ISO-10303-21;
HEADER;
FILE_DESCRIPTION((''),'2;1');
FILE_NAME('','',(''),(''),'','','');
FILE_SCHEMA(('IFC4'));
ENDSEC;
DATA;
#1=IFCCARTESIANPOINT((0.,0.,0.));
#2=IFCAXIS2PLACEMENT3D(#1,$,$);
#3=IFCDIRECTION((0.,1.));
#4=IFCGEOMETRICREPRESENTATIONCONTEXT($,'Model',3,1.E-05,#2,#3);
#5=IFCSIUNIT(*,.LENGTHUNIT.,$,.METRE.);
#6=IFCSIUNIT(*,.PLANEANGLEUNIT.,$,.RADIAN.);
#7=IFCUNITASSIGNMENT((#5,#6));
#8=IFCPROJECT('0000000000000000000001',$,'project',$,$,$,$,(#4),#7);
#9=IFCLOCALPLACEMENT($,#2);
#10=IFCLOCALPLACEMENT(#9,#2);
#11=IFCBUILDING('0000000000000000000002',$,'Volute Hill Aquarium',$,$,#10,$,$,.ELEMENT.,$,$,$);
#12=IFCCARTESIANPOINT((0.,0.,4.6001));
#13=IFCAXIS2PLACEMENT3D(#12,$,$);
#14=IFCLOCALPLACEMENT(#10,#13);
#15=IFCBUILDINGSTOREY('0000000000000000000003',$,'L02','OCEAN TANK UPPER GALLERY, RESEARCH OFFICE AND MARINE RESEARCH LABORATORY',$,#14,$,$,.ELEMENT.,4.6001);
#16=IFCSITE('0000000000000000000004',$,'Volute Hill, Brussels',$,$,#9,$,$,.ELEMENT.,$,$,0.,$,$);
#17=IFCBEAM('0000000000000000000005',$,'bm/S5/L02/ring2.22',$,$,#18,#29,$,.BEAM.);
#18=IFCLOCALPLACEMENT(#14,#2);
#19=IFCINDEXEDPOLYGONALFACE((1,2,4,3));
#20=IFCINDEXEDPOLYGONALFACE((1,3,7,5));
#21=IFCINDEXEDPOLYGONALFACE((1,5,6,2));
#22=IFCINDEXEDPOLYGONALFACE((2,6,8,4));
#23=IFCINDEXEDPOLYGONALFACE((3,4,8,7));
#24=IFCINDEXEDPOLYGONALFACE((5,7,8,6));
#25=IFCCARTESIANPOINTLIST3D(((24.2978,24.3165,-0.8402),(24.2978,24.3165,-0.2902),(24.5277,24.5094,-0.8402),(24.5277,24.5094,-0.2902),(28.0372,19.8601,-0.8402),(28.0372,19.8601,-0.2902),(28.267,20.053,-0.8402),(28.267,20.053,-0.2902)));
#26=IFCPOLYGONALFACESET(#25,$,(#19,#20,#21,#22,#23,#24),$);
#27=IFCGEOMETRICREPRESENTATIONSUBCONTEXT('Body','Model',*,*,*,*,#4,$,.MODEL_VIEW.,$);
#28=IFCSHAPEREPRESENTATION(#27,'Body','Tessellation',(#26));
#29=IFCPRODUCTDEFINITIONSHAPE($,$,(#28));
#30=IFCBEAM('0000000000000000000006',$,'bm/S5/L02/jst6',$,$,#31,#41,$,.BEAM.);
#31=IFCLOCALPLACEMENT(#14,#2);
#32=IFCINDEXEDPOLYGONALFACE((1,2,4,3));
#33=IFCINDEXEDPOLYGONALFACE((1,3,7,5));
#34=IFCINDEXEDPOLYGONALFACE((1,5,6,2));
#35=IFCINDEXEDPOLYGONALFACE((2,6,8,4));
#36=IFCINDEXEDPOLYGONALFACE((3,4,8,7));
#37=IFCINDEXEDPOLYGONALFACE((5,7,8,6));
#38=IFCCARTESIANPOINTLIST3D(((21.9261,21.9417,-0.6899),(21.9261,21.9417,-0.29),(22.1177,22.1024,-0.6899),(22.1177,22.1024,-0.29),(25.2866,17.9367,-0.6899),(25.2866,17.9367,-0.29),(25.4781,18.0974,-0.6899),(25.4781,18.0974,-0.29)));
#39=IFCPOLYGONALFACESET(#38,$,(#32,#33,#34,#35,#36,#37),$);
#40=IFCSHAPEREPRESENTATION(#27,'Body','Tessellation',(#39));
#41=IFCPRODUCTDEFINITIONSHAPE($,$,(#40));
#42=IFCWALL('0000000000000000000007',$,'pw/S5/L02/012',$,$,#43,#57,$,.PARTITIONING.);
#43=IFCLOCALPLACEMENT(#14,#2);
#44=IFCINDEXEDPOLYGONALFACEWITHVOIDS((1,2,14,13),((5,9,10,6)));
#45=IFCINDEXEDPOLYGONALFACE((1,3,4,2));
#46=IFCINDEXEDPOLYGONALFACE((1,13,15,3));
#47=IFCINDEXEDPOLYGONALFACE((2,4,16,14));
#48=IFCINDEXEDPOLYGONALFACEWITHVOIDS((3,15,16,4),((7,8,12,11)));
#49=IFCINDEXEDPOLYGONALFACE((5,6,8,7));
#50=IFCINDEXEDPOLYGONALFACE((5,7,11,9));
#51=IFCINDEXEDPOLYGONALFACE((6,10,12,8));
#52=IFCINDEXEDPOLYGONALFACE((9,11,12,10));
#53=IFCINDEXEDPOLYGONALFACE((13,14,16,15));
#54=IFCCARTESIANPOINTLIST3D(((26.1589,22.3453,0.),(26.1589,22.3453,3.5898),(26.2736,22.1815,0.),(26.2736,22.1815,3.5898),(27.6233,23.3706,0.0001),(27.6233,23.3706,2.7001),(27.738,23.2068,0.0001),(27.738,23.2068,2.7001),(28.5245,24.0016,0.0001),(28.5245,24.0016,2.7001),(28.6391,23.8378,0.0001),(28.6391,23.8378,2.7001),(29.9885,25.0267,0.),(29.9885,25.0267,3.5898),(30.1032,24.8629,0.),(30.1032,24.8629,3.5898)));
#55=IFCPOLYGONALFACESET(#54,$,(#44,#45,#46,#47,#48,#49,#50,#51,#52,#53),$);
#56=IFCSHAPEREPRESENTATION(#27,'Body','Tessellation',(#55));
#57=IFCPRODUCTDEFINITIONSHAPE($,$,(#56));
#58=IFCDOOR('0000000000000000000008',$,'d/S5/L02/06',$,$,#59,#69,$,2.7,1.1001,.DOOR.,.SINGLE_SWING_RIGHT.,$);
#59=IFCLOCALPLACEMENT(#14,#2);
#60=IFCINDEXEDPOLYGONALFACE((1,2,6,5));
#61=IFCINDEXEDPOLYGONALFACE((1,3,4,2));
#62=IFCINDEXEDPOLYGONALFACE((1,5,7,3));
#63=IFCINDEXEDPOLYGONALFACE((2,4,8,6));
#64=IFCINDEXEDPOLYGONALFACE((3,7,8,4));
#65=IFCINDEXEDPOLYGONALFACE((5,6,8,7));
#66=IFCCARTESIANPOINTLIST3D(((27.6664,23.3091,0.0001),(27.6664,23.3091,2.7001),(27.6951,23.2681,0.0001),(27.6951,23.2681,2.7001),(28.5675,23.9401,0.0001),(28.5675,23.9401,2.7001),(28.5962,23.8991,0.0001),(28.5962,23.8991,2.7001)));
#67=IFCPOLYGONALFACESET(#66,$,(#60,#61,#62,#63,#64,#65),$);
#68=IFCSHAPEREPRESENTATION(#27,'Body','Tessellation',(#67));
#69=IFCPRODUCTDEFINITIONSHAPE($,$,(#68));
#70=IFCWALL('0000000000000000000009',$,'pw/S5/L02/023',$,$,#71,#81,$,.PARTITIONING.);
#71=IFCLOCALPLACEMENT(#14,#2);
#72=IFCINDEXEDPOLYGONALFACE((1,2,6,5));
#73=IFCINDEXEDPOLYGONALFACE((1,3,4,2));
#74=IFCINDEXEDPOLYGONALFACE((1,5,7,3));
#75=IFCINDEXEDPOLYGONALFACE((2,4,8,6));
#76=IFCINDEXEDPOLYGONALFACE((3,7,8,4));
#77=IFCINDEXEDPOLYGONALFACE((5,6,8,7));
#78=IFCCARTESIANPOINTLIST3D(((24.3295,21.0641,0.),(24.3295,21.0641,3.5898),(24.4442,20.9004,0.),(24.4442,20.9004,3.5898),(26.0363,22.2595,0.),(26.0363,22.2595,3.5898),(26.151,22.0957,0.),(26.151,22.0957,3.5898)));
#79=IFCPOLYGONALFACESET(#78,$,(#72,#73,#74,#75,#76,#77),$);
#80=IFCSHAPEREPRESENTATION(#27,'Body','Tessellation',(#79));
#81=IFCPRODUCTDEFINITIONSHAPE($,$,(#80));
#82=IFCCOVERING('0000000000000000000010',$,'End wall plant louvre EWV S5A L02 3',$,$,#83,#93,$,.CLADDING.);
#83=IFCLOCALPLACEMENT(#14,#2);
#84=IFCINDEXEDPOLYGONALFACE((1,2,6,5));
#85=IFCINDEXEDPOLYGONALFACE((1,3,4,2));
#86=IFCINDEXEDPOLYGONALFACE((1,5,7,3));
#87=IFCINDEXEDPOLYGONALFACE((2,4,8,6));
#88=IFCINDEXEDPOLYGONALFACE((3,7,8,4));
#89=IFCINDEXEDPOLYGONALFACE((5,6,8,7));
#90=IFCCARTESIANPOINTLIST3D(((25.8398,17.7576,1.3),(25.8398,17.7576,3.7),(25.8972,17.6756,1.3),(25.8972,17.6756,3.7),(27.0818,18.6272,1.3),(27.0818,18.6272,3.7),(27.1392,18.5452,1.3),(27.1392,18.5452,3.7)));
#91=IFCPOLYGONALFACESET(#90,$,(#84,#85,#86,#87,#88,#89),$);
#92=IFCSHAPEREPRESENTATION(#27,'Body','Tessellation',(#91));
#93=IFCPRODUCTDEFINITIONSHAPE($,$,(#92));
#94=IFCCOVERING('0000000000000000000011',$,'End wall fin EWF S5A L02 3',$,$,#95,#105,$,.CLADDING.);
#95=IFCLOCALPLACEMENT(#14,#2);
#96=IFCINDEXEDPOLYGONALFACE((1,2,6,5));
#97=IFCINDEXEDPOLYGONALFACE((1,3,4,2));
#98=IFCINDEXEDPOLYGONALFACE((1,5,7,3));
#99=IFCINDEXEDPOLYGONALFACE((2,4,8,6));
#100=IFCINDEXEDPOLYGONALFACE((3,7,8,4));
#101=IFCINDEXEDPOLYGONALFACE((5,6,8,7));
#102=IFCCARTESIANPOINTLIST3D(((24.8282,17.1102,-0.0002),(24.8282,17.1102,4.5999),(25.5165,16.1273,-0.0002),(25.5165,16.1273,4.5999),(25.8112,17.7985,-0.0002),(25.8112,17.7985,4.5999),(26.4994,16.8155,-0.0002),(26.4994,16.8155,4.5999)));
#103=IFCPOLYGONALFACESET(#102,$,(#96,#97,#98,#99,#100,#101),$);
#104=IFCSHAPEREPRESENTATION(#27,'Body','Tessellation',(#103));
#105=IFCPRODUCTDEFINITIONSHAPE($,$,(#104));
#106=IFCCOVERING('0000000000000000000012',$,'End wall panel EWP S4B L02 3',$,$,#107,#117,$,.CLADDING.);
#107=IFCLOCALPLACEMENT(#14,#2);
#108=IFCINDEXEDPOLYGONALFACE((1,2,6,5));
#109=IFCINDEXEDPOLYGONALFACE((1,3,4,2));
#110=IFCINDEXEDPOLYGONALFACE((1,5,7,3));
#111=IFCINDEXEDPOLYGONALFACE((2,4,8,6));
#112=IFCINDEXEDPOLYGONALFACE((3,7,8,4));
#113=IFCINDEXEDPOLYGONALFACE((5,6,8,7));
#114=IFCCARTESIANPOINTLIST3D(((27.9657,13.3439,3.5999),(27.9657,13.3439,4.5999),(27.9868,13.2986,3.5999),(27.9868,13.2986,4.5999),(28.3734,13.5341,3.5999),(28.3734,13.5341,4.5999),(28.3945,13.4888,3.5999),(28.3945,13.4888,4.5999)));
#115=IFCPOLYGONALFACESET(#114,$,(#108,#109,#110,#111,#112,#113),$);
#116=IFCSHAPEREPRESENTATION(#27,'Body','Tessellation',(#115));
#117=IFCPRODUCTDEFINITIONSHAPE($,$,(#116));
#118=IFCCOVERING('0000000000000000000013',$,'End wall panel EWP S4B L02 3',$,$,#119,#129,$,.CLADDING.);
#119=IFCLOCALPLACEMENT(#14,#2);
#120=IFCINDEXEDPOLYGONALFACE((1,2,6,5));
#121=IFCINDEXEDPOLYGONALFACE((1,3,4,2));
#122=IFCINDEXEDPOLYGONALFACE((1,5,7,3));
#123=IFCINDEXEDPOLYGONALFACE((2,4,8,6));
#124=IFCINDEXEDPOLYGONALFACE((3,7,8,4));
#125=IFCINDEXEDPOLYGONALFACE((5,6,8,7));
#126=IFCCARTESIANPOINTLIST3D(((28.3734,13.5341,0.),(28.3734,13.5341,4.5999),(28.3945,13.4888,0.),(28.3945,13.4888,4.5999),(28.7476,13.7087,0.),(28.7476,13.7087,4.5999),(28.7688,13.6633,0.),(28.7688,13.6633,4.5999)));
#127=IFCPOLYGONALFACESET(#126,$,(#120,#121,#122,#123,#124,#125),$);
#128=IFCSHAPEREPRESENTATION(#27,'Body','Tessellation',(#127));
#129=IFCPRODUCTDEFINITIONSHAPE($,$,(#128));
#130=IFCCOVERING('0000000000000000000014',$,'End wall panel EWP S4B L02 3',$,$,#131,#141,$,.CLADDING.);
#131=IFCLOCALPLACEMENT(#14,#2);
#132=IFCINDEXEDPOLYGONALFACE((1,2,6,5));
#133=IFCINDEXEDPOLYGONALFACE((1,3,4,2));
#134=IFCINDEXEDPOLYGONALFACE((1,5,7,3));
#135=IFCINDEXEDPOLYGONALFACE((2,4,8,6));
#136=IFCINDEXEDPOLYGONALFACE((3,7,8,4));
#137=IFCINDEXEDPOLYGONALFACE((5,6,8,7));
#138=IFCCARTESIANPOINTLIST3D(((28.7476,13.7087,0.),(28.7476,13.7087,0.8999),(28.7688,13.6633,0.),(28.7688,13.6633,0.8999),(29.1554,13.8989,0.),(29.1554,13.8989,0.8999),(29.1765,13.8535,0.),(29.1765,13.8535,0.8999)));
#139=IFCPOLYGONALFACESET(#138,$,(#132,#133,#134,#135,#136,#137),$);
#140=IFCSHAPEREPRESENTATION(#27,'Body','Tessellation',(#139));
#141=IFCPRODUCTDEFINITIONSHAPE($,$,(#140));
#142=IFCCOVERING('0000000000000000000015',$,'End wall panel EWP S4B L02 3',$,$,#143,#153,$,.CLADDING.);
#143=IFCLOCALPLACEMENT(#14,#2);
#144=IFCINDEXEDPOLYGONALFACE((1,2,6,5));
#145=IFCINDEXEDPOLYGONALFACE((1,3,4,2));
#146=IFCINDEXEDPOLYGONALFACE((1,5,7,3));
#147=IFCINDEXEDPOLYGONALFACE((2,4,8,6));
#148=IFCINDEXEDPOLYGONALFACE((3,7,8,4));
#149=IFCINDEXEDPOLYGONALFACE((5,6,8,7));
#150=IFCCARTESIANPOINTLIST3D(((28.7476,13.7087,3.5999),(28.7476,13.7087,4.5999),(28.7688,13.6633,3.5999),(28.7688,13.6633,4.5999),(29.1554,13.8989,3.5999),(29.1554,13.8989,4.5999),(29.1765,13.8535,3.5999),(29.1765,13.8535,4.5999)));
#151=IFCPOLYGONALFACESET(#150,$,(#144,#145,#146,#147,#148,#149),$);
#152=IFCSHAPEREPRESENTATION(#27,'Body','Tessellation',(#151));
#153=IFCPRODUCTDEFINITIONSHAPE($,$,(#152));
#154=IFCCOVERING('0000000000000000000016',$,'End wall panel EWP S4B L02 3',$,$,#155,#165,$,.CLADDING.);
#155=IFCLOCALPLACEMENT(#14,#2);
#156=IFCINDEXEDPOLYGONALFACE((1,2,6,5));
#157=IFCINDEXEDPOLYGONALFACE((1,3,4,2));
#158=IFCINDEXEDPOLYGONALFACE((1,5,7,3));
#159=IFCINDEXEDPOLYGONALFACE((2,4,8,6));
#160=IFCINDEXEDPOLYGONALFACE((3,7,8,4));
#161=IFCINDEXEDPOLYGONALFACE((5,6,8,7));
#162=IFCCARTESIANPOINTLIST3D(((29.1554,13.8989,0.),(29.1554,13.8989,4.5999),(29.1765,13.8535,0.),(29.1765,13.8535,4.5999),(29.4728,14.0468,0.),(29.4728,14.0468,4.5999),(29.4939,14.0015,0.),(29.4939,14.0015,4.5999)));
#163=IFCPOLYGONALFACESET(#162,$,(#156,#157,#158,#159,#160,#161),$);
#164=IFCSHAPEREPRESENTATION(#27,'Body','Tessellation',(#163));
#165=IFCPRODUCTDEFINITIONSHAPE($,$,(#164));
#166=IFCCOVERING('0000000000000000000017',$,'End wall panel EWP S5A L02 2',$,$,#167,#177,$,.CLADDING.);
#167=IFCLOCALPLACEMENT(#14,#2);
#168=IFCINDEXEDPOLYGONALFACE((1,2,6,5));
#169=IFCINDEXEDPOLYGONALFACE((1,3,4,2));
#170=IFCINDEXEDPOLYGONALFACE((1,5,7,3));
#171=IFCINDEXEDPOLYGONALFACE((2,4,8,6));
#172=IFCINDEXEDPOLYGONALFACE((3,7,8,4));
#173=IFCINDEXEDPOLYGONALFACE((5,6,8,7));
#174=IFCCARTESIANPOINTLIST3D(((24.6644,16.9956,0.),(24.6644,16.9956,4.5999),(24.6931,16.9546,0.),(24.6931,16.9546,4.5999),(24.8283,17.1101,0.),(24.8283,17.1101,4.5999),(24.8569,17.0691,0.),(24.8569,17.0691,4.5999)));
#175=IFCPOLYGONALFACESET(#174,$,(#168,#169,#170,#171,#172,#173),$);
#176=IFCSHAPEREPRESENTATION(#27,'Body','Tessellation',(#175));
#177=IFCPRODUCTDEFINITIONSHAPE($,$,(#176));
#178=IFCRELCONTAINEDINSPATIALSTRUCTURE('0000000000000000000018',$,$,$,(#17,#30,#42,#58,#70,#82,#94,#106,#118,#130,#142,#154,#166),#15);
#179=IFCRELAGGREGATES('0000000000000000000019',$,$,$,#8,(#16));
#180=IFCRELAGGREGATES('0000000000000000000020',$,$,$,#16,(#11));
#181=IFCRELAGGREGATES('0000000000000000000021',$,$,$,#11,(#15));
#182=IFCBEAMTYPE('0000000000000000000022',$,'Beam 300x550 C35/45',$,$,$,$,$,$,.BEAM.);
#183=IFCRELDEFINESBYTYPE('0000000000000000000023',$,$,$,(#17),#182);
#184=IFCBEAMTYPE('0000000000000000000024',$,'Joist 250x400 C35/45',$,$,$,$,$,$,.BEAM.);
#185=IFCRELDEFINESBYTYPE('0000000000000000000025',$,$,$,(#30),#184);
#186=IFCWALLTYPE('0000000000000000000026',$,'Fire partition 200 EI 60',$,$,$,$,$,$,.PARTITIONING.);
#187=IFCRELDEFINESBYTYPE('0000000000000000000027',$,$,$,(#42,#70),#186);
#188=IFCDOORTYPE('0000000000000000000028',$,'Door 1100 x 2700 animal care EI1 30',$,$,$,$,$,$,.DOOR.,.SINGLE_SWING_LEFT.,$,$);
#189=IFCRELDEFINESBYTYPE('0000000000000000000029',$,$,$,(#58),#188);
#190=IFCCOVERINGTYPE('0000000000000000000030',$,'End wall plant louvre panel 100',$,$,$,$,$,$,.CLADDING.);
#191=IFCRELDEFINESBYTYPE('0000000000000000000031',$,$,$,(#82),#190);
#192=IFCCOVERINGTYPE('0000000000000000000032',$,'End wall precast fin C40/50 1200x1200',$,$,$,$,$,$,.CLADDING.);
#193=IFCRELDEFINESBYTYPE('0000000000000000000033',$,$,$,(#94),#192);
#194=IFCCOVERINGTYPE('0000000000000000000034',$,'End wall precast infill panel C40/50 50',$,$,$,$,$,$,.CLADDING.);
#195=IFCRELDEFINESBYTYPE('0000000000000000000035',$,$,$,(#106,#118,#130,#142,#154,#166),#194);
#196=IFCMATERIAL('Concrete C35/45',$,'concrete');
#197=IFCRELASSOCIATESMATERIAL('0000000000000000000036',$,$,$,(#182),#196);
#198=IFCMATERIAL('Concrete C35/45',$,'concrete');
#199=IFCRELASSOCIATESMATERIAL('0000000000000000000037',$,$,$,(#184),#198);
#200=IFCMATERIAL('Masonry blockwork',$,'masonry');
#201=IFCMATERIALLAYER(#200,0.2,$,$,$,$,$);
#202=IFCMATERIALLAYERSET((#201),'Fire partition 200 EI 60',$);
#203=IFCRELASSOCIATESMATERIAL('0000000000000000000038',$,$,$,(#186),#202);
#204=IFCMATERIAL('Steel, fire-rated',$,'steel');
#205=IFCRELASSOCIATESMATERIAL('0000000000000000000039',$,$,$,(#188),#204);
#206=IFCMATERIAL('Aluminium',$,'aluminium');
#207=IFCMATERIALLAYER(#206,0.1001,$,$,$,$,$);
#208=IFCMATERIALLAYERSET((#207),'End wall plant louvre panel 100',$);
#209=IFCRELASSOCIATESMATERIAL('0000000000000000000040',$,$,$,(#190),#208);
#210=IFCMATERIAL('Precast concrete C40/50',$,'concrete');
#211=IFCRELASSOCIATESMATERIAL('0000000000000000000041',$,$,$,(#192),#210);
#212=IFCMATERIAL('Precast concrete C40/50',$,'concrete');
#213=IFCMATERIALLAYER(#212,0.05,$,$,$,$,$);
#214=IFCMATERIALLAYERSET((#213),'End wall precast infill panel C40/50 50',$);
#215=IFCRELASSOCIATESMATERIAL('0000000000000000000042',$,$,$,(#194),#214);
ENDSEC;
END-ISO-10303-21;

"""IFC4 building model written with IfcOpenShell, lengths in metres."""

from ifc_helpers import new_model, si_unit, direction, frame, frame_2d, origin, origin_2d, place, context, subcontext, project, spatial, polyline, rectangle, outline, extrude, material, layer, layer_set, material_profile, profile_set, type_object, element, fill, save


model = new_model("IFC4")

# Units and contexts
model_context = context("Model", 3, precision=1e-05, world=origin(), true_north=direction((0.0, 1.0)))
body_context = subcontext(model_context, "Body", "Model", "MODEL_VIEW")
ifc_project = project(units=[si_unit("LENGTHUNIT", "METRE"), si_unit("PLANEANGLEUNIT", "RADIAN")], contexts=[model_context])

# Site, building, storey
site_placement = place(None, origin())
site = spatial("IfcSite", under=ifc_project, at=site_placement, Name="Volute Hill, Brussels", CompositionType="ELEMENT", RefElevation=0.0)
building_placement = place(site_placement, origin())
building = spatial("IfcBuilding", under=site, at=building_placement, Name="Volute Hill Aquarium", CompositionType="ELEMENT")
storey_placement = place(building_placement, frame((0.0, 0.0, 4.6001)))
storey = spatial("IfcBuildingStorey", under=building, at=storey_placement, Name="L02", Description="OCEAN TANK UPPER GALLERY, RESEARCH OFFICE AND MARINE RESEARCH LABORATORY", CompositionType="ELEMENT", Elevation=4.6001)

# Beams
ifc_material_1 = material(Name="Concrete C35/45", Category="concrete")
ifc_material_profile_1 = material_profile(ifc_material_1, rectangle(XDim=0.3, YDim=0.55, at=origin_2d()), Name="RC beam 300x550")
ifc_profile_set_1 = profile_set([ifc_material_profile_1], Name="Concrete C35/45")
beam_type_1 = type_object("IfcBeamType", Name="Beam 300x550 C35/45", PredefinedType="BEAM", material=ifc_profile_set_1)
beam_1_placement = place(storey_placement, frame((28.1521, 19.9565, -0.5652), z_axis=(-0.642786, 0.766046, 0.0), x_axis=(-0.766046, -0.642786, 0.0)))
element("IfcBeam", 1, at=beam_1_placement, inside=storey, type_object=beam_type_1, Name="bm/S5/L02/ring2.22", PredefinedType="BEAM", context=body_context, shape_type="SweptSolid", body=[
    extrude(rectangle(XDim=0.3, YDim=0.55, at=origin_2d()), origin(), (0.0, 0.0, 1.0), 5.8174),
])
ifc_material_2 = material(Name="Concrete C35/45", Category="concrete")
ifc_material_profile_2 = material_profile(ifc_material_2, rectangle(XDim=0.25, YDim=0.3999, at=origin_2d()), Name="RC joist 250x400")
ifc_profile_set_2 = profile_set([ifc_material_profile_2], Name="Concrete C35/45")
beam_type_2 = type_object("IfcBeamType", Name="Joist 250x400 C35/45", PredefinedType="BEAM", material=ifc_profile_set_2)
beam_2_placement = place(storey_placement, frame((25.3823, 18.0171, -0.49), z_axis=(-0.642771, 0.766058, 0.0), x_axis=(-0.766058, -0.642771, 0.0)))
element("IfcBeam", 2, at=beam_2_placement, inside=storey, type_object=beam_type_2, Name="bm/S5/L02/jst6", PredefinedType="BEAM", context=body_context, shape_type="SweptSolid", body=[
    extrude(rectangle(XDim=0.25, YDim=0.3999, at=origin_2d()), origin(), (0.0, 0.0, 1.0), 5.228),
])

# Wall, opening, door
ifc_material_3 = material(Name="Masonry blockwork", Category="masonry")
ifc_layer_1 = layer(ifc_material_3, 0.2)
ifc_layer_set_1 = layer_set([ifc_layer_1], Name="Fire partition 200 EI 60")
wall_type = type_object("IfcWallType", Name="Fire partition 200 EI 60", PredefinedType="PARTITIONING", material=ifc_layer_set_1)
wall_1_placement = place(storey_placement, frame((26.2163, 22.2634, 0.0), z_axis=(0.0, 0.0, 1.0), x_axis=(0.819163, 0.57356, 0.0)))
wall_1 = element("IfcWall", 3, at=wall_1_placement, inside=storey, type_object=wall_type, Name="pw/S5/L02/012", PredefinedType="PARTITIONING", context=body_context, shape_type="SweptSolid", body=[
    extrude(rectangle(XDim=4.675, YDim=0.2, at=frame_2d((2.3374, 0.0))), origin(), (0.0, 0.0, 1.0), 3.5898),
])
opening_placement = place(wall_1_placement, frame((1.7876, 0.0, 0.0)))
opening = element("IfcOpeningElement", 4, at=opening_placement, cuts=wall_1, PredefinedType="OPENING", context=body_context, shape_type="SweptSolid", body=[
    extrude(rectangle(XDim=1.1001, YDim=2.7, at=frame_2d((0.55, 1.3501))), frame((0.0, 0.1099, 0.0), z_axis=(0.0, -1.0, 0.0), x_axis=(1.0, 0.0, 0.0)), (0.0, 0.0, 1.0), 0.22),
])
ifc_material_4 = material(Name="Steel, fire-rated", Category="steel")
door_type = type_object("IfcDoorType", Name="Door 1100 x 2700 animal care EI1 30", OperationType="SINGLE_SWING_LEFT", PredefinedType="DOOR", material=ifc_material_4)
door_placement = place(opening_placement, origin())
door = element("IfcDoor", 5, at=door_placement, inside=storey, type_object=door_type, Name="d/S5/L02/06", OperationType="SINGLE_SWING_RIGHT", OverallHeight=2.7, OverallWidth=1.1001, PredefinedType="DOOR", context=body_context, shape_type="SweptSolid", body=[
    extrude(rectangle(XDim=1.1001, YDim=2.7, at=frame_2d((0.55, 1.3501))), frame((0.0, 0.0249, 0.0), z_axis=(0.0, -1.0, 0.0), x_axis=(1.0, 0.0, 0.0)), (0.0, 0.0, 1.0), 0.05),
])
fill(opening, door)

# Wall
wall_2_placement = place(storey_placement, frame((24.3867, 20.9822, 0.0), z_axis=(0.0, 0.0, 1.0), x_axis=(0.819105, 0.573643, 0.0)))
element("IfcWall", 6, at=wall_2_placement, inside=storey, type_object=wall_type, Name="pw/S5/L02/023", PredefinedType="PARTITIONING", context=body_context, shape_type="SweptSolid", body=[
    extrude(rectangle(XDim=2.0837, YDim=0.2, at=frame_2d((1.042, 0.0))), origin(), (0.0, 0.0, 1.0), 3.5898),
])

# Coverings
ifc_material_5 = material(Name="Aluminium", Category="aluminium")
ifc_layer_2 = layer(ifc_material_5, 0.1001)
ifc_layer_set_2 = layer_set([ifc_layer_2], Name="End wall plant louvre panel 100")
covering_type_1 = type_object("IfcCoveringType", Name="End wall plant louvre panel 100", PredefinedType="CLADDING", material=ifc_layer_set_2)
covering_1_placement = place(storey_placement, frame((26.4895, 18.1514, 1.3), z_axis=(0.0, 0.0, 1.0), x_axis=(0.819153, 0.573575, 0.0)))
element("IfcCovering", 7, at=covering_1_placement, inside=storey, type_object=covering_type_1, Name="End wall plant louvre EWV S5A L02 3", PredefinedType="CLADDING", context=body_context, shape_type="SweptSolid", body=[
    extrude(rectangle(XDim=1.5161, YDim=0.1001, at=origin_2d()), origin(), (0.0, 0.0, 1.0), 2.3999),
])
ifc_material_6 = material(Name="Precast concrete C40/50", Category="concrete")
covering_type_2 = type_object("IfcCoveringType", Name="End wall precast fin C40/50 1200x1200", PredefinedType="CLADDING", material=ifc_material_6)
covering_2_placement = place(storey_placement, frame((25.6638, 16.9629, -0.0002), z_axis=(0.0, 0.0, 1.0), x_axis=(0.819153, 0.573575, 0.0)))
element("IfcCovering", 8, at=covering_2_placement, inside=storey, type_object=covering_type_2, Name="End wall fin EWF S5A L02 3", PredefinedType="CLADDING", context=body_context, shape_type="SweptSolid", body=[
    extrude(rectangle(XDim=1.2, YDim=1.2, at=origin_2d()), origin(), (0.0, 0.0, 1.0), 4.6001),
])
ifc_material_7 = material(Name="Precast concrete C40/50", Category="concrete")
ifc_layer_3 = layer(ifc_material_7, 0.05)
ifc_layer_set_3 = layer_set([ifc_layer_3], Name="End wall precast infill panel C40/50 50")
covering_type_3 = type_object("IfcCoveringType", Name="End wall precast infill panel C40/50 50", PredefinedType="CLADDING", material=ifc_layer_set_3)
covering_3_placement = place(storey_placement, frame((27.9868, 13.2986, 3.5999), z_axis=(0.422737, -0.906252, 0.0), x_axis=(0.906252, 0.422737, 0.0)))
element("IfcCovering", 9, at=covering_3_placement, inside=storey, type_object=covering_type_3, Name="End wall panel EWP S4B L02 3", PredefinedType="CLADDING", context=body_context, shape_type="SweptSolid", body=[
    extrude(outline(polyline([(0.0, 0.0), (0.4499, 0.0), (0.4499, 1.0), (0.0, 1.0), (0.0, 0.0)])), origin(), (0.0, 0.0, -1.0), 0.05),
])
covering_4_placement = place(storey_placement, frame((28.3945, 13.4888, 0.0), z_axis=(0.422691, -0.906274, 0.0), x_axis=(0.906274, 0.422691, 0.0)))
element("IfcCovering", 10, at=covering_4_placement, inside=storey, type_object=covering_type_3, Name="End wall panel EWP S4B L02 3", PredefinedType="CLADDING", context=body_context, shape_type="SweptSolid", body=[
    extrude(outline(polyline([(0.0, 0.0), (0.413, 0.0), (0.413, 4.5999), (0.0, 4.5999), (0.0, 0.0)])), origin(), (0.0, 0.0, -1.0), 0.05),
])
covering_5_placement = place(storey_placement, frame((28.7688, 13.6633, 0.0), z_axis=(0.422737, -0.906252, 0.0), x_axis=(0.906252, 0.422737, 0.0)))
element("IfcCovering", 11, at=covering_5_placement, inside=storey, type_object=covering_type_3, Name="End wall panel EWP S4B L02 3", PredefinedType="CLADDING", context=body_context, shape_type="SweptSolid", body=[
    extrude(outline(polyline([(0.0, 0.0), (0.4499, 0.0), (0.4499, 0.8999), (0.0, 0.8999), (0.0, 0.0)])), origin(), (0.0, 0.0, -1.0), 0.05),
])
covering_6_placement = place(storey_placement, frame((28.7688, 13.6633, 3.5999), z_axis=(0.422737, -0.906252, 0.0), x_axis=(0.906252, 0.422737, 0.0)))
element("IfcCovering", 12, at=covering_6_placement, inside=storey, type_object=covering_type_3, Name="End wall panel EWP S4B L02 3", PredefinedType="CLADDING", context=body_context, shape_type="SweptSolid", body=[
    extrude(outline(polyline([(0.0, 0.0), (0.4499, 0.0), (0.4499, 1.0), (0.0, 1.0), (0.0, 0.0)])), origin(), (0.0, 0.0, -1.0), 0.05),
])
covering_7_placement = place(storey_placement, frame((29.1765, 13.8535, 0.0), z_axis=(0.422504, -0.906361, 0.0), x_axis=(0.906361, 0.422504, 0.0)))
element("IfcCovering", 13, at=covering_7_placement, inside=storey, type_object=covering_type_3, Name="End wall panel EWP S4B L02 3", PredefinedType="CLADDING", context=body_context, shape_type="SweptSolid", body=[
    extrude(outline(polyline([(0.0, 0.0), (0.3502, 0.0), (0.3502, 4.5999), (0.0, 4.5999), (0.0, 0.0)])), origin(), (0.0, 0.0, -1.0), 0.05),
])
covering_8_placement = place(storey_placement, frame((24.6931, 16.9546, 0.0), z_axis=(0.572888, -0.819633, 0.0), x_axis=(0.819633, 0.572888, 0.0)))
element("IfcCovering", 14, at=covering_8_placement, inside=storey, type_object=covering_type_3, Name="End wall panel EWP S5A L02 2", PredefinedType="CLADDING", context=body_context, shape_type="SweptSolid", body=[
    extrude(outline(polyline([(0.0, 0.0), (0.1999, 0.0), (0.1999, 4.5999), (0.0, 4.5999), (0.0, 0.0)])), origin(), (0.0, 0.0, -1.0), 0.05),
])

save(model, "model.ifc")
